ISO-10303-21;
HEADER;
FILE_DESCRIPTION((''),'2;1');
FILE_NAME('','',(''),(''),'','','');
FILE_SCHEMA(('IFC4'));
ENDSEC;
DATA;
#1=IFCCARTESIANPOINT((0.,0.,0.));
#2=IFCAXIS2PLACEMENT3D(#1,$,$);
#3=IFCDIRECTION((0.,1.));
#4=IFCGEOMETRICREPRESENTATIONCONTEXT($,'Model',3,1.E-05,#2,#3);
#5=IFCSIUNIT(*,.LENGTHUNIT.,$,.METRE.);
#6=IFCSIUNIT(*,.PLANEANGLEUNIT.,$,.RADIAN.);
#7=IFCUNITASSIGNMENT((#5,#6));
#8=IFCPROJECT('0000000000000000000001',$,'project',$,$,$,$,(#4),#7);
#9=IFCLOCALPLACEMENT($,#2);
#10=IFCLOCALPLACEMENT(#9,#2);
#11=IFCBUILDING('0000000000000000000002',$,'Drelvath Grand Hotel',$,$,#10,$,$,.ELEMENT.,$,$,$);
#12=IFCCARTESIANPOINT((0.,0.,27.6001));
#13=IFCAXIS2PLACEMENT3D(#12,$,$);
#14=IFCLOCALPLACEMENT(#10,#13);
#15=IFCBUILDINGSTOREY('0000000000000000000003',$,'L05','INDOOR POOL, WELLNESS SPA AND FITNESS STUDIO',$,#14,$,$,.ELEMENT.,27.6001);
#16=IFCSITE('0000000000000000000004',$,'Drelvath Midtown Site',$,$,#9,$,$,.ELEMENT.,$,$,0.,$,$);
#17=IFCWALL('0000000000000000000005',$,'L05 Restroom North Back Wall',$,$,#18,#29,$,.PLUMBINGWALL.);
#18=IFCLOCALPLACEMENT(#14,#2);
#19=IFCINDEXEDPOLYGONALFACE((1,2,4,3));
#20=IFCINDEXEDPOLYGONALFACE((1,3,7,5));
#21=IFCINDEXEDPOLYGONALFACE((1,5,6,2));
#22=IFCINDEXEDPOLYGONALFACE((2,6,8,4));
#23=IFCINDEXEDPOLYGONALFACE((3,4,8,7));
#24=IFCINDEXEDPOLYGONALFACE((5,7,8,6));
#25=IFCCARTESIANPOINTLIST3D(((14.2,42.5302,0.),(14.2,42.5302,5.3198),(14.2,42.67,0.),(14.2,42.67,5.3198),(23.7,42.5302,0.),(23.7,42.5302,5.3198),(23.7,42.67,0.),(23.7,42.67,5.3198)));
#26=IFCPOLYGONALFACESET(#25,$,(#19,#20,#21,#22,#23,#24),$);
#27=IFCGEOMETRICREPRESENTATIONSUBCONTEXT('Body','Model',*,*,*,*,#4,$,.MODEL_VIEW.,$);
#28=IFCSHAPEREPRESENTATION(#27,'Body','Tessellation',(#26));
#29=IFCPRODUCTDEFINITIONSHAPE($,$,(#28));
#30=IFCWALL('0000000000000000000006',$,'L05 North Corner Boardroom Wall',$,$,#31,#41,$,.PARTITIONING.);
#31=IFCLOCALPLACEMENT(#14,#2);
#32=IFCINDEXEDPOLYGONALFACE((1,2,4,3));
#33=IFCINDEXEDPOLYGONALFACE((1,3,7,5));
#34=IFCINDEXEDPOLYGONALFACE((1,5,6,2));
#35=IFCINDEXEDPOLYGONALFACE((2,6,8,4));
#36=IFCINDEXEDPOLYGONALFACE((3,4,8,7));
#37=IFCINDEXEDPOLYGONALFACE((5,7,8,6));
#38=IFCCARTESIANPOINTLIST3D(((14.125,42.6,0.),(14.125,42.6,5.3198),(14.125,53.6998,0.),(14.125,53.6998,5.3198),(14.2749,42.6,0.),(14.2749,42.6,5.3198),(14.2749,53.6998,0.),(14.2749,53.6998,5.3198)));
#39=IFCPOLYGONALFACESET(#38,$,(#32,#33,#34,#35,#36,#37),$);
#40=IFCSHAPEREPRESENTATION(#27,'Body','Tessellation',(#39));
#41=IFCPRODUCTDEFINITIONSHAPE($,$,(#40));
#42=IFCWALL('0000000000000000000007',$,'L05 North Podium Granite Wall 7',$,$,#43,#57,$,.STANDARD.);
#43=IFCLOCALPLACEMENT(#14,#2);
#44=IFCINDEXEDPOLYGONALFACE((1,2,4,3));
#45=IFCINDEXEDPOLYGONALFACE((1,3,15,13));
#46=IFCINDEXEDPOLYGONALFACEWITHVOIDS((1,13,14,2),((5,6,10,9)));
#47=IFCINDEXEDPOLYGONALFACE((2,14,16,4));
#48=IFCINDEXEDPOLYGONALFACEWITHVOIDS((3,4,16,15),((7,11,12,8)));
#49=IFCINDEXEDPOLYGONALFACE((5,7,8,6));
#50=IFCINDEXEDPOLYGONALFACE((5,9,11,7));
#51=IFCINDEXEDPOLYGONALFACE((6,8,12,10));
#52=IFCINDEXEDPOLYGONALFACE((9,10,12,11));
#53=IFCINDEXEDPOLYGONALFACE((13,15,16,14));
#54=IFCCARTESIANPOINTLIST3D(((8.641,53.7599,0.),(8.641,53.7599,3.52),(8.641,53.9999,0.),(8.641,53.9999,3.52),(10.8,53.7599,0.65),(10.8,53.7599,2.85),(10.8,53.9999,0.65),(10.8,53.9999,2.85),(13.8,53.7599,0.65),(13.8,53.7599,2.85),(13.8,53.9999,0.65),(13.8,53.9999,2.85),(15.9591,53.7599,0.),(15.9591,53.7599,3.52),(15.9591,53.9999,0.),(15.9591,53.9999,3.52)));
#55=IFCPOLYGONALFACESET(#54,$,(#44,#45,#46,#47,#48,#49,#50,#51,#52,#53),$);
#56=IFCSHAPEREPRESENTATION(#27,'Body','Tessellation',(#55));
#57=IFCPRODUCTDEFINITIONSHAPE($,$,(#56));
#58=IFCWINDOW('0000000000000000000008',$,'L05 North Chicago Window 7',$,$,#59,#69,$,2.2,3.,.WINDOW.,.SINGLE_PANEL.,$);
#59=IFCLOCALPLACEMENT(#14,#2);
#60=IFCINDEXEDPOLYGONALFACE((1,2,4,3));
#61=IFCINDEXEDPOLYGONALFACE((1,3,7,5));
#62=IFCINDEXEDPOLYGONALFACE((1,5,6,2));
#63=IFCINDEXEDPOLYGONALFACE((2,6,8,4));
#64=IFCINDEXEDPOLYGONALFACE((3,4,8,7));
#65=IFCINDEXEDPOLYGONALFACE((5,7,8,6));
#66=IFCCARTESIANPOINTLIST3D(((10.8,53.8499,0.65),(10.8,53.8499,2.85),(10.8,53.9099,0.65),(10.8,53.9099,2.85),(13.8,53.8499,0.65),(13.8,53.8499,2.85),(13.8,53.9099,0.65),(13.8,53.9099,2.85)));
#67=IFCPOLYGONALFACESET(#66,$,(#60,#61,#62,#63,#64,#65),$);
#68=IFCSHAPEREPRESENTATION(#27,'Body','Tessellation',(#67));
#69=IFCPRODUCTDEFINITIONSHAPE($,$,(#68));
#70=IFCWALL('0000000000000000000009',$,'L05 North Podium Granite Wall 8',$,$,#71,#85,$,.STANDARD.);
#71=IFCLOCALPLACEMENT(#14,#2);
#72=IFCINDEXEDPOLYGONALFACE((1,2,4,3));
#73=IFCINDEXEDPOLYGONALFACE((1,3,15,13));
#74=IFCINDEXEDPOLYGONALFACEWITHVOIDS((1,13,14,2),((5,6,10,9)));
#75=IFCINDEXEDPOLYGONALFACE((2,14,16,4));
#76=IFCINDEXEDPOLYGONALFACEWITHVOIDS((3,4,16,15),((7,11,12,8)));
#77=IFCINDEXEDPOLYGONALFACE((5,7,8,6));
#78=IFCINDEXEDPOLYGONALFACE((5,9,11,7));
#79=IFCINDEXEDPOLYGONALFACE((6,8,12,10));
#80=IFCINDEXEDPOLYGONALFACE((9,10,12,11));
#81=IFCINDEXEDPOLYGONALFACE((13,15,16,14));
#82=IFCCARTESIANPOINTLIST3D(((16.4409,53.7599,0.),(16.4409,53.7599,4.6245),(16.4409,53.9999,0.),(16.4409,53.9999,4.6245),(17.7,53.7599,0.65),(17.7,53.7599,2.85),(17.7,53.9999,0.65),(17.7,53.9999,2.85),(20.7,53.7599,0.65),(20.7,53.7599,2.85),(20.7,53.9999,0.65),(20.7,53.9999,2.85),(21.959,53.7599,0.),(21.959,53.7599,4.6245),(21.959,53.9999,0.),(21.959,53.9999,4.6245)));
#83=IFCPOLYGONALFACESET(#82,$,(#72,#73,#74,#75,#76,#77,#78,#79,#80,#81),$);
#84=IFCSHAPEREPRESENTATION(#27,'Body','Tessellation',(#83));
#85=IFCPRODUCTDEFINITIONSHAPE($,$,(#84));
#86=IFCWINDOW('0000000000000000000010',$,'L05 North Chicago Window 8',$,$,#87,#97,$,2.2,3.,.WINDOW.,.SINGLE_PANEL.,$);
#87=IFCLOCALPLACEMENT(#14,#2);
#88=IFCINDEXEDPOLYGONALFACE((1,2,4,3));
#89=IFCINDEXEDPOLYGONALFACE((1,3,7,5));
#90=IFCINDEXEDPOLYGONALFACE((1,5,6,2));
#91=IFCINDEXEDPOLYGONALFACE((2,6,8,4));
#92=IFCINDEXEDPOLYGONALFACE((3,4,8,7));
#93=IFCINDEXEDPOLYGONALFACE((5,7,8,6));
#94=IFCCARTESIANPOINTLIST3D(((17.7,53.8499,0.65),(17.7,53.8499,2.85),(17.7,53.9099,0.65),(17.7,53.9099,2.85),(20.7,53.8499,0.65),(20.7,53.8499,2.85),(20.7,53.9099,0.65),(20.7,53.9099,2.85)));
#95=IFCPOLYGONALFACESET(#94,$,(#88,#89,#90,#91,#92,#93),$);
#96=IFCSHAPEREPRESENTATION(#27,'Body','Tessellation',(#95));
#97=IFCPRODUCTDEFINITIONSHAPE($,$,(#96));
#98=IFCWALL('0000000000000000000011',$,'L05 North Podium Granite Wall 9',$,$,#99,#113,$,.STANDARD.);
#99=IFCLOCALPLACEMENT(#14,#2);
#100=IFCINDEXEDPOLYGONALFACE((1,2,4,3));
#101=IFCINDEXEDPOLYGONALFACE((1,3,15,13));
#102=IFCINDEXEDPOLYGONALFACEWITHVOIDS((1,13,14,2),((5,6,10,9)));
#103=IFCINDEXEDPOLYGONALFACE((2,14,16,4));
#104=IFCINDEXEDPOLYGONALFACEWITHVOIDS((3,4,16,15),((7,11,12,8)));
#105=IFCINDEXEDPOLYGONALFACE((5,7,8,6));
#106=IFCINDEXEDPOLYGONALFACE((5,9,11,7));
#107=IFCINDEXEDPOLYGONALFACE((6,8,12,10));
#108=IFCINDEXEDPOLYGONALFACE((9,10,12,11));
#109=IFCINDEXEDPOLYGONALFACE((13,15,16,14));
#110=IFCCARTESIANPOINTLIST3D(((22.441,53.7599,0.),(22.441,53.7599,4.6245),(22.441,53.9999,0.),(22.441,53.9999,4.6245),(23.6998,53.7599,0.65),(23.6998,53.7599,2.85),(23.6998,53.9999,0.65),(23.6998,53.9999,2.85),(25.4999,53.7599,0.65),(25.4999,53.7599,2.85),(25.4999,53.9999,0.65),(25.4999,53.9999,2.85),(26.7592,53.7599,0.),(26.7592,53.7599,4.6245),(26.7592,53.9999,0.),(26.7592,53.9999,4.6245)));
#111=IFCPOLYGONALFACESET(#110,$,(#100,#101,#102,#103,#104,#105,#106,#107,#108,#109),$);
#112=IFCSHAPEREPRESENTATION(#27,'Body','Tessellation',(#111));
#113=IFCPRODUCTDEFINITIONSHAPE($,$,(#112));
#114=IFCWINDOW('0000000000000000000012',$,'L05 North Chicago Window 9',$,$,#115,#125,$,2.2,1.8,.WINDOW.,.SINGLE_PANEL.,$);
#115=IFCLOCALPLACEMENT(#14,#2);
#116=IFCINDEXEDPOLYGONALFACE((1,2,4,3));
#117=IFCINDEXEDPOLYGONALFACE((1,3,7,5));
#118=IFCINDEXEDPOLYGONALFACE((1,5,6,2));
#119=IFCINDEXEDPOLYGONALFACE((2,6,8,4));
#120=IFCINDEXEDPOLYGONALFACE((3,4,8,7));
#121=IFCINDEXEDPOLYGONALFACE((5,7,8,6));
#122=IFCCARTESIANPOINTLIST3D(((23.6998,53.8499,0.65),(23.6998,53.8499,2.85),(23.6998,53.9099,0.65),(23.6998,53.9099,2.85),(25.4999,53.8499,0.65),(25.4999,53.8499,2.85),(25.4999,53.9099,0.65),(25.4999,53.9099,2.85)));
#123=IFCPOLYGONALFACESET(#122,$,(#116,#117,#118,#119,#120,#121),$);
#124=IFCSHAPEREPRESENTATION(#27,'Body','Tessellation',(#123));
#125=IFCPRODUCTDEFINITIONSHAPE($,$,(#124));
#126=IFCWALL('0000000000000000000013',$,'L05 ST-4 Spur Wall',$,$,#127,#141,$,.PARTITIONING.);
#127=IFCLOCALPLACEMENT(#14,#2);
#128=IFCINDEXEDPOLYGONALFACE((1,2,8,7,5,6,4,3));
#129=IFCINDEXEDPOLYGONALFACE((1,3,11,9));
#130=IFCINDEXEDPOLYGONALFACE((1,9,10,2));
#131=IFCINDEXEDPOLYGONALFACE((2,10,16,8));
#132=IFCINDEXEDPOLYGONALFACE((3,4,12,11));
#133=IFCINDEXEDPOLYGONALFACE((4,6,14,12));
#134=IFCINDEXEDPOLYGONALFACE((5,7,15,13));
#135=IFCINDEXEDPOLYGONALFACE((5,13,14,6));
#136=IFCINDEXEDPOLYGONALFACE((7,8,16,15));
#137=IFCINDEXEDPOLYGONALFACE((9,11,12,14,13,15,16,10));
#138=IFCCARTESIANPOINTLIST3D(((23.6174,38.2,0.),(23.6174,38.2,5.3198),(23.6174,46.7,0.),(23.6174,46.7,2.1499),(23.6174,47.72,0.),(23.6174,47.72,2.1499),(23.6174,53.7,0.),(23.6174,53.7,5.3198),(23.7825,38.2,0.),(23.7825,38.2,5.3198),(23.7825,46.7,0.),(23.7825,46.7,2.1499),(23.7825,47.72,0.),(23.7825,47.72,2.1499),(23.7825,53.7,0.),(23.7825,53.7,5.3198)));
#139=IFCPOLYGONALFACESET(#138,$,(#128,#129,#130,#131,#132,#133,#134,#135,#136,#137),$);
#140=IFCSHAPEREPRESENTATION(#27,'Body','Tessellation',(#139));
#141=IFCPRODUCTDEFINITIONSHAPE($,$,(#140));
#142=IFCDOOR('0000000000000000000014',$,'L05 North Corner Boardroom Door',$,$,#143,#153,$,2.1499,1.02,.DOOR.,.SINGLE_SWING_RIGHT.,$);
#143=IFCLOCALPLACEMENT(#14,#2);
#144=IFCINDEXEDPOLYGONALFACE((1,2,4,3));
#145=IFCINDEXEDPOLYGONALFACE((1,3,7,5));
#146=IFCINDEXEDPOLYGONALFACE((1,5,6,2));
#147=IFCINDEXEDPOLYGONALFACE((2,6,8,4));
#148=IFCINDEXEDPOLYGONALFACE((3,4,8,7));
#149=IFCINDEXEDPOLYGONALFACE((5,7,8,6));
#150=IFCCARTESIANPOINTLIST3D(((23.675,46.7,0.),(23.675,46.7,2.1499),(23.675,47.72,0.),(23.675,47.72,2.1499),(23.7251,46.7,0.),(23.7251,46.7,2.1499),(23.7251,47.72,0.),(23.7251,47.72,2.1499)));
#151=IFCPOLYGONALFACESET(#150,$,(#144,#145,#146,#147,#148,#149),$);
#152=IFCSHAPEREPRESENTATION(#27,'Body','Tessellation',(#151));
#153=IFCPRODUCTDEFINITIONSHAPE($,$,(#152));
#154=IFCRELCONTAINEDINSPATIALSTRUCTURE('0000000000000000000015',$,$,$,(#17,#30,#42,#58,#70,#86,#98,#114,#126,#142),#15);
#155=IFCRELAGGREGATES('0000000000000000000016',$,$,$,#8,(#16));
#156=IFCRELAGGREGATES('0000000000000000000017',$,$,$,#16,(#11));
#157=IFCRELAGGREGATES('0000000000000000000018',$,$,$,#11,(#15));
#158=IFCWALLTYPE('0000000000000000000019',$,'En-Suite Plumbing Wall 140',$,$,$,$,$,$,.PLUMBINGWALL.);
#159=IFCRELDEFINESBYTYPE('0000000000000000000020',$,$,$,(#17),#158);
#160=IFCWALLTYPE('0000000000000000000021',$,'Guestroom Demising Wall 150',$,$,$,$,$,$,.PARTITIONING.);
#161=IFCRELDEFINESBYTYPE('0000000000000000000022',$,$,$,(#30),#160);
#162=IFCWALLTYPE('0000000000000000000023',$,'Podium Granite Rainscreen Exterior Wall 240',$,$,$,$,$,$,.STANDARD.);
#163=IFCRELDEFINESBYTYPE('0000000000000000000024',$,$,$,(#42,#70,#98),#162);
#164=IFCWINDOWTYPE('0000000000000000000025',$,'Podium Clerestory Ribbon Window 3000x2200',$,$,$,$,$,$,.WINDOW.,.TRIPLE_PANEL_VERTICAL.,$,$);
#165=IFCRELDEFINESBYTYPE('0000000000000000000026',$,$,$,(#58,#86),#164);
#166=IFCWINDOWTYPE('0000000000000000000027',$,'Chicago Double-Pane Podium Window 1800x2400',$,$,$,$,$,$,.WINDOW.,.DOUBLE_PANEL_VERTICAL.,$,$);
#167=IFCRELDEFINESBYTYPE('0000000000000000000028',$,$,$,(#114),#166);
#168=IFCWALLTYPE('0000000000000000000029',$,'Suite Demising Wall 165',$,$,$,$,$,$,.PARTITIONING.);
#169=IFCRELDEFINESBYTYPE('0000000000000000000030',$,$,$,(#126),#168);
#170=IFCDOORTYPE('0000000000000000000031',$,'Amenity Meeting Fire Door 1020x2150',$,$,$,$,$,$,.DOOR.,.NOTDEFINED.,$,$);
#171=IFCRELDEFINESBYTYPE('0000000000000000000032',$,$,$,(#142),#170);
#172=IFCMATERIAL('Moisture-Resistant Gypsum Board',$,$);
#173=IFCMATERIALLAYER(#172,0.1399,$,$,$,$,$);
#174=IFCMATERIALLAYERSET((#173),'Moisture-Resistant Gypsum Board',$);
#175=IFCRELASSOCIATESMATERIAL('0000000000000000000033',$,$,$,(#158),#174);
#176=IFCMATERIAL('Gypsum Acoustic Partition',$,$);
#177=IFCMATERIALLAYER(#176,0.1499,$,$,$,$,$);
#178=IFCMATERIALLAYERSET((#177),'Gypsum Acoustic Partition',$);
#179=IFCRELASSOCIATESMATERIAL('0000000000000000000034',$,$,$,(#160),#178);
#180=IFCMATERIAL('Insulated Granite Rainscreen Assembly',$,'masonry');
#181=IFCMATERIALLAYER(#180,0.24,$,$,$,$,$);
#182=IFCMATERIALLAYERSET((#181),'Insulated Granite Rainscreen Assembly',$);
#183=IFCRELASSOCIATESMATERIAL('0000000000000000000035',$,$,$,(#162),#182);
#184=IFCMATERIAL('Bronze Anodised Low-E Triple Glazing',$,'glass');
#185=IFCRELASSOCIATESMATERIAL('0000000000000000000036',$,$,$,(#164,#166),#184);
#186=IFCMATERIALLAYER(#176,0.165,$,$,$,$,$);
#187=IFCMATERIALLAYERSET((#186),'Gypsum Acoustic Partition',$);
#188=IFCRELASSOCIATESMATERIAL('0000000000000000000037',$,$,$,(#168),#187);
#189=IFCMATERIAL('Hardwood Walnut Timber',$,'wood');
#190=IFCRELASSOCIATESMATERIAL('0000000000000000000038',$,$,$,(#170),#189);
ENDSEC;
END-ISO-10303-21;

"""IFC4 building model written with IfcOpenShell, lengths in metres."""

from ifc_helpers import new_model, si_unit, direction, frame, frame_2d, origin, place, context, subcontext, project, spatial, rectangle, extrude, material, layer, layer_set, type_object, element, fill, save


model = new_model("IFC4")

# Units and contexts
model_context = context("Model", 3, precision=1e-05, world=origin(), true_north=direction((0.0, 1.0)))
body_context = subcontext(model_context, "Body", "Model", "MODEL_VIEW")
ifc_project = project(units=[si_unit("LENGTHUNIT", "METRE"), si_unit("PLANEANGLEUNIT", "RADIAN")], contexts=[model_context])

# Site, building, storey
site_placement = place(None, origin())
site = spatial("IfcSite", under=ifc_project, at=site_placement, Name="Drelvath Midtown Site", CompositionType="ELEMENT", RefElevation=0.0)
building_placement = place(site_placement, origin())
building = spatial("IfcBuilding", under=site, at=building_placement, Name="Drelvath Grand Hotel", CompositionType="ELEMENT")
storey_placement = place(building_placement, frame((0.0, 0.0, 27.6001)))
storey = spatial("IfcBuildingStorey", under=building, at=storey_placement, Name="L05", Description="INDOOR POOL, WELLNESS SPA AND FITNESS STUDIO", CompositionType="ELEMENT", Elevation=27.6001)

# Walls
ifc_material_1 = material(Name="Moisture-Resistant Gypsum Board")
ifc_layer_1 = layer(ifc_material_1, 0.1399)
ifc_layer_set_1 = layer_set([ifc_layer_1], Name="Moisture-Resistant Gypsum Board")
wall_type_1 = type_object("IfcWallType", Name="En-Suite Plumbing Wall 140", PredefinedType="PLUMBINGWALL", material=ifc_layer_set_1)
wall_1_placement = place(storey_placement, frame((14.2, 42.6001, 0.0), z_axis=(0.0, 0.0, 1.0), x_axis=(1.0, 0.0, 0.0)))
element("IfcWall", 1, at=wall_1_placement, inside=storey, type_object=wall_type_1, Name="L05 Restroom North Back Wall", PredefinedType="PLUMBINGWALL", context=body_context, shape_type="SweptSolid", body=[
    extrude(rectangle(XDim=9.5, YDim=0.1399, at=frame_2d((4.75, 0.0))), origin(), (0.0, 0.0, 1.0), 5.3198),
])
ifc_material_2 = material(Name="Gypsum Acoustic Partition")
ifc_layer_2 = layer(ifc_material_2, 0.1499)
ifc_layer_set_2 = layer_set([ifc_layer_2], Name="Gypsum Acoustic Partition")
wall_type_2 = type_object("IfcWallType", Name="Guestroom Demising Wall 150", PredefinedType="PARTITIONING", material=ifc_layer_set_2)
wall_2_placement = place(storey_placement, frame((14.2, 42.6001, 0.0), z_axis=(0.0, 0.0, 1.0), x_axis=(0.0, 1.0, 0.0)))
element("IfcWall", 2, at=wall_2_placement, inside=storey, type_object=wall_type_2, Name="L05 North Corner Boardroom Wall", PredefinedType="PARTITIONING", context=body_context, shape_type="SweptSolid", body=[
    extrude(rectangle(XDim=11.0999, YDim=0.1499, at=frame_2d((5.5498, 0.0))), origin(), (0.0, 0.0, 1.0), 5.3198),
])

# Walls, openings, windows
ifc_material_3 = material(Name="Insulated Granite Rainscreen Assembly", Category="masonry")
ifc_layer_3 = layer(ifc_material_3, 0.24)
ifc_layer_set_3 = layer_set([ifc_layer_3], Name="Insulated Granite Rainscreen Assembly")
wall_type_3 = type_object("IfcWallType", Name="Podium Granite Rainscreen Exterior Wall 240", PredefinedType="STANDARD", material=ifc_layer_set_3)
wall_3_placement = place(storey_placement, frame((8.6409, 53.8799, 0.0), z_axis=(0.0, 0.0, 1.0), x_axis=(1.0, 0.0, 0.0)))
wall_3 = element("IfcWall", 3, at=wall_3_placement, inside=storey, type_object=wall_type_3, Name="L05 North Podium Granite Wall 7", PredefinedType="STANDARD", context=body_context, shape_type="SweptSolid", body=[
    extrude(rectangle(XDim=7.3181, YDim=0.24, at=frame_2d((3.6592, 0.0))), origin(), (0.0, 0.0, 1.0), 3.52),
])
opening_1_placement = place(wall_3_placement, frame((2.1592, 0.0, 0.6499)))
opening_1 = element("IfcOpeningElement", 4, at=opening_1_placement, cuts=wall_3, PredefinedType="OPENING", context=body_context, shape_type="SweptSolid", body=[
    extrude(rectangle(XDim=3.0, YDim=2.2, at=frame_2d((1.5, 1.1001))), frame((0.0, 0.1299, 0.0), z_axis=(0.0, -1.0, 0.0), x_axis=(1.0, 0.0, 0.0)), (0.0, 0.0, 1.0), 0.26),
])
ifc_material_4 = material(Name="Bronze Anodised Low-E Triple Glazing", Category="glass")
window_type_1 = type_object("IfcWindowType", Name="Podium Clerestory Ribbon Window 3000x2200", PartitioningType="TRIPLE_PANEL_VERTICAL", PredefinedType="WINDOW", material=ifc_material_4)
window_1_placement = place(opening_1_placement, origin())
window_1 = element("IfcWindow", 5, at=window_1_placement, inside=storey, type_object=window_type_1, Name="L05 North Chicago Window 7", OverallHeight=2.2, OverallWidth=3.0, PartitioningType="SINGLE_PANEL", PredefinedType="WINDOW", context=body_context, shape_type="SweptSolid", body=[
    extrude(rectangle(XDim=3.0, YDim=2.2, at=frame_2d((1.5, 1.1001))), frame((0.0, 0.03, 0.0), z_axis=(0.0, -1.0, 0.0), x_axis=(1.0, 0.0, 0.0)), (0.0, 0.0, 1.0), 0.0601),
])
fill(opening_1, window_1)
wall_4_placement = place(storey_placement, frame((16.4409, 53.8799, 0.0), z_axis=(0.0, 0.0, 1.0), x_axis=(1.0, 0.0, 0.0)))
wall_4 = element("IfcWall", 6, at=wall_4_placement, inside=storey, type_object=wall_type_3, Name="L05 North Podium Granite Wall 8", PredefinedType="STANDARD", context=body_context, shape_type="SweptSolid", body=[
    extrude(rectangle(XDim=5.5181, YDim=0.24, at=frame_2d((2.759, 0.0))), origin(), (0.0, 0.0, 1.0), 4.6245),
])
opening_2_placement = place(wall_4_placement, frame((1.259, 0.0, 0.6499)))
opening_2 = element("IfcOpeningElement", 7, at=opening_2_placement, cuts=wall_4, PredefinedType="OPENING", context=body_context, shape_type="SweptSolid", body=[
    extrude(rectangle(XDim=3.0, YDim=2.2, at=frame_2d((1.5, 1.1001))), frame((0.0, 0.1299, 0.0), z_axis=(0.0, -1.0, 0.0), x_axis=(1.0, 0.0, 0.0)), (0.0, 0.0, 1.0), 0.26),
])
window_2_placement = place(opening_2_placement, origin())
window_2 = element("IfcWindow", 8, at=window_2_placement, inside=storey, type_object=window_type_1, Name="L05 North Chicago Window 8", OverallHeight=2.2, OverallWidth=3.0, PartitioningType="SINGLE_PANEL", PredefinedType="WINDOW", context=body_context, shape_type="SweptSolid", body=[
    extrude(rectangle(XDim=3.0, YDim=2.2, at=frame_2d((1.5, 1.1001))), frame((0.0, 0.03, 0.0), z_axis=(0.0, -1.0, 0.0), x_axis=(1.0, 0.0, 0.0)), (0.0, 0.0, 1.0), 0.0601),
])
fill(opening_2, window_2)
wall_5_placement = place(storey_placement, frame((22.4409, 53.8799, 0.0), z_axis=(0.0, 0.0, 1.0), x_axis=(1.0, 0.0, 0.0)))
wall_5 = element("IfcWall", 9, at=wall_5_placement, inside=storey, type_object=wall_type_3, Name="L05 North Podium Granite Wall 9", PredefinedType="STANDARD", context=body_context, shape_type="SweptSolid", body=[
    extrude(rectangle(XDim=4.3181, YDim=0.24, at=frame_2d((2.1592, 0.0))), origin(), (0.0, 0.0, 1.0), 4.6245),
])
opening_3_placement = place(wall_5_placement, frame((1.259, 0.0, 0.6499)))
opening_3 = element("IfcOpeningElement", 10, at=opening_3_placement, cuts=wall_5, PredefinedType="OPENING", context=body_context, shape_type="SweptSolid", body=[
    extrude(rectangle(XDim=1.8, YDim=2.2, at=frame_2d((0.8999, 1.1001))), frame((0.0, 0.1299, 0.0), z_axis=(0.0, -1.0, 0.0), x_axis=(1.0, 0.0, 0.0)), (0.0, 0.0, 1.0), 0.26),
])
window_type_2 = type_object("IfcWindowType", Name="Chicago Double-Pane Podium Window 1800x2400", PartitioningType="DOUBLE_PANEL_VERTICAL", PredefinedType="WINDOW", material=ifc_material_4)
window_3_placement = place(opening_3_placement, origin())
window_3 = element("IfcWindow", 11, at=window_3_placement, inside=storey, type_object=window_type_2, Name="L05 North Chicago Window 9", OverallHeight=2.2, OverallWidth=1.8, PartitioningType="SINGLE_PANEL", PredefinedType="WINDOW", context=body_context, shape_type="SweptSolid", body=[
    extrude(rectangle(XDim=1.8, YDim=2.2, at=frame_2d((0.8999, 1.1001))), frame((0.0, 0.03, 0.0), z_axis=(0.0, -1.0, 0.0), x_axis=(1.0, 0.0, 0.0)), (0.0, 0.0, 1.0), 0.0601),
])
fill(opening_3, window_3)

# Wall, opening, door
ifc_layer_4 = layer(ifc_material_2, 0.165)
ifc_layer_set_4 = layer_set([ifc_layer_4], Name="Gypsum Acoustic Partition")
wall_type_4 = type_object("IfcWallType", Name="Suite Demising Wall 165", PredefinedType="PARTITIONING", material=ifc_layer_set_4)
wall_6_placement = place(storey_placement, frame((23.7, 38.2, 0.0), z_axis=(0.0, 0.0, 1.0), x_axis=(0.0, 1.0, 0.0)))
wall_6 = element("IfcWall", 12, at=wall_6_placement, inside=storey, type_object=wall_type_4, Name="L05 ST-4 Spur Wall", PredefinedType="PARTITIONING", context=body_context, shape_type="SweptSolid", body=[
    extrude(rectangle(XDim=15.5, YDim=0.165, at=frame_2d((7.75, 0.0))), origin(), (0.0, 0.0, 1.0), 5.3198),
])
opening_4_placement = place(wall_6_placement, frame((8.5, 0.0, 0.0)))
opening_4 = element("IfcOpeningElement", 13, at=opening_4_placement, cuts=wall_6, PredefinedType="OPENING", context=body_context, shape_type="SweptSolid", body=[
    extrude(rectangle(XDim=1.02, YDim=2.1499, at=frame_2d((0.51, 1.075))), frame((0.0, 0.0925, 0.0), z_axis=(0.0, -1.0, 0.0), x_axis=(1.0, 0.0, 0.0)), (0.0, 0.0, 1.0), 0.1851),
])
ifc_material_5 = material(Name="Hardwood Walnut Timber", Category="wood")
door_type = type_object("IfcDoorType", Name="Amenity Meeting Fire Door 1020x2150", OperationType="NOTDEFINED", PredefinedType="DOOR", material=ifc_material_5)
door_1_placement = place(opening_4_placement, origin())
door_1 = element("IfcDoor", 14, at=door_1_placement, inside=storey, type_object=door_type, Name="L05 North Corner Boardroom Door", OperationType="SINGLE_SWING_RIGHT", OverallHeight=2.1499, OverallWidth=1.02, PredefinedType="DOOR", context=body_context, shape_type="SweptSolid", body=[
    extrude(rectangle(XDim=1.02, YDim=2.1499, at=frame_2d((0.51, 1.075))), frame((0.0, 0.0249, 0.0), z_axis=(0.0, -1.0, 0.0), x_axis=(1.0, 0.0, 0.0)), (0.0, 0.0, 1.0), 0.05),
])
fill(opening_4, door_1)

save(model, "model.ifc")
